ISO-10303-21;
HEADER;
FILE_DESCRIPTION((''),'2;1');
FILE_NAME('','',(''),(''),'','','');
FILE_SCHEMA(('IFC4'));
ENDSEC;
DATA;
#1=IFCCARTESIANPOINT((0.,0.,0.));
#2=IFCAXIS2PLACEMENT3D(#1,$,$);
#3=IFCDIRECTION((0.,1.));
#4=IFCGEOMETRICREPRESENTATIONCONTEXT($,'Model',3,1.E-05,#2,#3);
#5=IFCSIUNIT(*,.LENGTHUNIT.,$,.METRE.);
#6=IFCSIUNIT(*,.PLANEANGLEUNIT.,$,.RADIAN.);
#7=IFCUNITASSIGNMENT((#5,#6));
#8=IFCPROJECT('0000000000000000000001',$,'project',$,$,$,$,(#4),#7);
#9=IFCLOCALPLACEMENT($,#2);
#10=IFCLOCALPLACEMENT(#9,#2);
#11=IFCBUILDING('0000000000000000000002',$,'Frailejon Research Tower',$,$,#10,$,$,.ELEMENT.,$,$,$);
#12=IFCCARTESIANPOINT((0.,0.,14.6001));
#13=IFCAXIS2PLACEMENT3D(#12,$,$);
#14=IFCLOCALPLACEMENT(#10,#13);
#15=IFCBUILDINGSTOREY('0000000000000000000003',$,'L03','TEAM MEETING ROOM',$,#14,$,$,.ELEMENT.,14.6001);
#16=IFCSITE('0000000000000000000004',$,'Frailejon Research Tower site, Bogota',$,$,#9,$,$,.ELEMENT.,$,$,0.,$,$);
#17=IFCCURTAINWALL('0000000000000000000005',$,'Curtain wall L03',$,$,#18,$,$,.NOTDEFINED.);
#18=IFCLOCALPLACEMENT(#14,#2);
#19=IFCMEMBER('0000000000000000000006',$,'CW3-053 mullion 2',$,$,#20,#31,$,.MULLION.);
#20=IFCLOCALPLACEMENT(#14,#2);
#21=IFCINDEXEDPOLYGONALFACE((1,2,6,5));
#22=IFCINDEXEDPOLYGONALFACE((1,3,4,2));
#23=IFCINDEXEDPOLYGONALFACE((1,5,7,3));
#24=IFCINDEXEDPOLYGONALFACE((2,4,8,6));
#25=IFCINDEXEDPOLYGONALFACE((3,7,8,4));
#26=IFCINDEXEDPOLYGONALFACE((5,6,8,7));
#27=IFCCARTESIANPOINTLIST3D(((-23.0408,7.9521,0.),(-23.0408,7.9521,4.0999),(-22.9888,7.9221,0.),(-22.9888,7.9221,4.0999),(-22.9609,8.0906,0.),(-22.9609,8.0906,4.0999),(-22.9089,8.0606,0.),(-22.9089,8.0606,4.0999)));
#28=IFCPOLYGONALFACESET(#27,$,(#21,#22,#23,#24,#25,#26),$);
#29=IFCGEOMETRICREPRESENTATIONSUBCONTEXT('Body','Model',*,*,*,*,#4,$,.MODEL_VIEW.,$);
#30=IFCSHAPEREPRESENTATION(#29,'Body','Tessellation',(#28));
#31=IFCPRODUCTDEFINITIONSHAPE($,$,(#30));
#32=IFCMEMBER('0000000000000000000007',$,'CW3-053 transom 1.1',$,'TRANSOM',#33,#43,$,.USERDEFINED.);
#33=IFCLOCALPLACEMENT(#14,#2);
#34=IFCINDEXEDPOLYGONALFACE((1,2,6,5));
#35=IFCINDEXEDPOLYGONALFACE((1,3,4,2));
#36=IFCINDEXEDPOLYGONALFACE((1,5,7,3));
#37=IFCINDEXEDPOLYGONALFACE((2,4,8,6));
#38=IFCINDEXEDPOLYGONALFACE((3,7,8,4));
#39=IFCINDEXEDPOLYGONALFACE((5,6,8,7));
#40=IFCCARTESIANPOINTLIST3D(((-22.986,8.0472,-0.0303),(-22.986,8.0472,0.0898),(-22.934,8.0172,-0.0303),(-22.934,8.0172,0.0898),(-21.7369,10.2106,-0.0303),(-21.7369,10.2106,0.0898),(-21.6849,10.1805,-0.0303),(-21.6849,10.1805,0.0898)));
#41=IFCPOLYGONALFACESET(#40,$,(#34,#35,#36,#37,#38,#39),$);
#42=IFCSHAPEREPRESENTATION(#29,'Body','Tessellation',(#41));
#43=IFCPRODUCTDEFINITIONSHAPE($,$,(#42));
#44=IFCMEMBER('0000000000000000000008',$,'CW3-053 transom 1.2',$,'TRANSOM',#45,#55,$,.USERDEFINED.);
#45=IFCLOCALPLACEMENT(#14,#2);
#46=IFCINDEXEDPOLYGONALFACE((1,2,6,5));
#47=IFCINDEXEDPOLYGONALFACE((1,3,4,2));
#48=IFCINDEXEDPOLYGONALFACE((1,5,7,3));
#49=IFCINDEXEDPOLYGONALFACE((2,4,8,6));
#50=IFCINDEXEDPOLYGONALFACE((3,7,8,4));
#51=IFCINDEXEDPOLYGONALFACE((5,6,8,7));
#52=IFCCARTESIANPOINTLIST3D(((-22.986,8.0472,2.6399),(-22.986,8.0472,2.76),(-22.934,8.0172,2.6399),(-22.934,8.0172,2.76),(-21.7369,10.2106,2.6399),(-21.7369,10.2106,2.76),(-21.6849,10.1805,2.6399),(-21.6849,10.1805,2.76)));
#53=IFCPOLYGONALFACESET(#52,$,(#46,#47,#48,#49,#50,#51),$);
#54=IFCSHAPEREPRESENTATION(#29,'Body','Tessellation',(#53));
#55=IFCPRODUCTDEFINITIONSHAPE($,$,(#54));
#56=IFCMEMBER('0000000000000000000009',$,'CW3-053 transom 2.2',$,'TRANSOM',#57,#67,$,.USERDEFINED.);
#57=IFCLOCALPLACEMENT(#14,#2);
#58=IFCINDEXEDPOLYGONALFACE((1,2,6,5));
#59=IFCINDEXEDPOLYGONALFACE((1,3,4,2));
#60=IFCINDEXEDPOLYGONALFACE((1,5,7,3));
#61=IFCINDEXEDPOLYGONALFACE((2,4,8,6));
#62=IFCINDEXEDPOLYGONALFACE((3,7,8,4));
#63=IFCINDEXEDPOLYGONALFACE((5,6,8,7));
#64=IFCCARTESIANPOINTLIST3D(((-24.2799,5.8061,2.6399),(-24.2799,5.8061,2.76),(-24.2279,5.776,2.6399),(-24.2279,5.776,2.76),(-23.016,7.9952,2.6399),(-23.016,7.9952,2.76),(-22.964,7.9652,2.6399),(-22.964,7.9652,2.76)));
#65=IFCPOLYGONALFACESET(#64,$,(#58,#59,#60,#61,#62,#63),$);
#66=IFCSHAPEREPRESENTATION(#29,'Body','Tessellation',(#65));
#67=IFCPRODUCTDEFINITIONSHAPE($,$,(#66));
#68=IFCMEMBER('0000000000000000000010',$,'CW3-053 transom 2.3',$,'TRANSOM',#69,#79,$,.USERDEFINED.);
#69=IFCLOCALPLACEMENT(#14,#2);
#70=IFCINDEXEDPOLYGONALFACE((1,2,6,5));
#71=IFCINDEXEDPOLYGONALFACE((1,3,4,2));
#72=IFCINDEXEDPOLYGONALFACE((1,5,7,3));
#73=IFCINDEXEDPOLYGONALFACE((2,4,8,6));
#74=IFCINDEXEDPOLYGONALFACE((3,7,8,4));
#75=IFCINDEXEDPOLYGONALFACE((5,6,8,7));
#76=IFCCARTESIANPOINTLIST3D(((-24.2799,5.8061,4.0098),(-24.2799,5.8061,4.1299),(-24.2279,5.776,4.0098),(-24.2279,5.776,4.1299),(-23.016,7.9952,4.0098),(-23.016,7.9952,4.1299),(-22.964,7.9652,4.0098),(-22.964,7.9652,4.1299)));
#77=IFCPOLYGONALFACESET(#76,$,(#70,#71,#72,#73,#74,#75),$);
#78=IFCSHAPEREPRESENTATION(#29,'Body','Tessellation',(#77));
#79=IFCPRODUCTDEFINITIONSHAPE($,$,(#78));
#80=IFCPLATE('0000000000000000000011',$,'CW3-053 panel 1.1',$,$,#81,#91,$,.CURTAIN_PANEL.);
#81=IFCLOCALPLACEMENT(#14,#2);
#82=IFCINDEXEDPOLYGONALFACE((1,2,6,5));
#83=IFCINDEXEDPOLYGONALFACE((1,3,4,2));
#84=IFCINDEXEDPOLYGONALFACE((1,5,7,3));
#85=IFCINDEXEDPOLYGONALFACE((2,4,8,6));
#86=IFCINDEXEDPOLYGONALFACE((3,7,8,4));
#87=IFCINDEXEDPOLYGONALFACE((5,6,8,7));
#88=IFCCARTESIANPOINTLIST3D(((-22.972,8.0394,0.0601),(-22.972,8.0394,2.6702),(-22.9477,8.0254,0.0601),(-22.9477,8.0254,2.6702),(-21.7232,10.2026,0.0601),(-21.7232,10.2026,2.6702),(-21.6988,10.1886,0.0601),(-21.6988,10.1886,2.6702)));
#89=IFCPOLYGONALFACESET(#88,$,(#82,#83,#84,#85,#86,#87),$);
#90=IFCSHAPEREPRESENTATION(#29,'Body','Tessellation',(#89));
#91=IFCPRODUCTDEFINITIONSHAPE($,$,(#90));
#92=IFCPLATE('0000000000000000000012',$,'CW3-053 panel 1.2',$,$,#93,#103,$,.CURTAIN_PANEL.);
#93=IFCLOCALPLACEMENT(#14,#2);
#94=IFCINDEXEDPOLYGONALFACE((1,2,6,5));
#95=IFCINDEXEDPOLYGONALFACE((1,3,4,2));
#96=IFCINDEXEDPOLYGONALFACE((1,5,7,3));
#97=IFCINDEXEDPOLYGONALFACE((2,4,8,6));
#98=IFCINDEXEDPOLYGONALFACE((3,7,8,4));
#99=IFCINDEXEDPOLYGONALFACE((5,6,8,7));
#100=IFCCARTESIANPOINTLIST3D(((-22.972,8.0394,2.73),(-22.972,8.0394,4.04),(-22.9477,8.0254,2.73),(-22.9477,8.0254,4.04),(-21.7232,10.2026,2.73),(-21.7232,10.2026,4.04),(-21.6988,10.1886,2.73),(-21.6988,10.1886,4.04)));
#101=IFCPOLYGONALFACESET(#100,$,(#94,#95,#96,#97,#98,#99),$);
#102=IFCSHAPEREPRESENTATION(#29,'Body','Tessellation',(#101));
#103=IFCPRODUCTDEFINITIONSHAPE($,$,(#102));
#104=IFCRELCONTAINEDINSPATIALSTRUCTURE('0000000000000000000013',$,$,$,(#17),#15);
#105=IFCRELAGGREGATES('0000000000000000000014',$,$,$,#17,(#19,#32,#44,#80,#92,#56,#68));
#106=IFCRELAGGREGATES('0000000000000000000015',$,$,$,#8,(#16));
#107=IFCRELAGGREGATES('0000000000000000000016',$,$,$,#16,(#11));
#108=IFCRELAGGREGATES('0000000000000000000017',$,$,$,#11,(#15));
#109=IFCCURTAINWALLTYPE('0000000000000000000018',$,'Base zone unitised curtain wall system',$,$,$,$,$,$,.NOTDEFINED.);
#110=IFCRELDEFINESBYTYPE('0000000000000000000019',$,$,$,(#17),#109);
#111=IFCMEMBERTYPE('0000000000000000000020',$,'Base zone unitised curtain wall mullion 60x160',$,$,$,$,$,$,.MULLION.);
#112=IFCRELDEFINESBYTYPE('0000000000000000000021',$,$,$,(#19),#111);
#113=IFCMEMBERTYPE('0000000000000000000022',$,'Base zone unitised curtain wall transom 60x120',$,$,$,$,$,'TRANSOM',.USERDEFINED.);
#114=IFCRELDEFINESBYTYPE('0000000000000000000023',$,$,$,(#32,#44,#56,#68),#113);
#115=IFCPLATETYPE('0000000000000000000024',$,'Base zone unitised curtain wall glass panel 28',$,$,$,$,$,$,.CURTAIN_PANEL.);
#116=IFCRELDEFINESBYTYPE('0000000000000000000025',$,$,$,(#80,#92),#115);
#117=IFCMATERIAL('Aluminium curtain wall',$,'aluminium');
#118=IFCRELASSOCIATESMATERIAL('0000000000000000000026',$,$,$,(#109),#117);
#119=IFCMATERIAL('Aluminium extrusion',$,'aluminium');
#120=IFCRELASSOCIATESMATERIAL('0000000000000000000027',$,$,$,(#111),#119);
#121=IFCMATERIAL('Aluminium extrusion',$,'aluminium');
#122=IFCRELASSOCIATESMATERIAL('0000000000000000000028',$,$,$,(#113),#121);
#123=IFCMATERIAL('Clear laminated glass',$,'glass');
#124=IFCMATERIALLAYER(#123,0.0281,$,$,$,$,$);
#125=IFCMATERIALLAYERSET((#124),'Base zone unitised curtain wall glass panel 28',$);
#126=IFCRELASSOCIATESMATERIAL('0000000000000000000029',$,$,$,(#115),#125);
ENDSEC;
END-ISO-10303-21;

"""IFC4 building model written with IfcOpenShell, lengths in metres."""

from ifc_helpers import new_model, si_unit, direction, frame, origin, origin_2d, place, context, subcontext, project, spatial, rectangle, extrude, material, layer, layer_set, material_profile, profile_set, type_object, element, aggregate, save


model = new_model("IFC4")

# Units and contexts
model_context = context("Model", 3, precision=1e-05, world=origin(), true_north=direction((0.0, 1.0)))
body_context = subcontext(model_context, "Body", "Model", "MODEL_VIEW")
ifc_project = project(units=[si_unit("LENGTHUNIT", "METRE"), si_unit("PLANEANGLEUNIT", "RADIAN")], contexts=[model_context])

# Site, building, storey
site_placement = place(None, origin())
site = spatial("IfcSite", under=ifc_project, at=site_placement, Name="Frailejon Research Tower site, Bogota", CompositionType="ELEMENT", RefElevation=0.0)
building_placement = place(site_placement, origin())
building = spatial("IfcBuilding", under=site, at=building_placement, Name="Frailejon Research Tower", CompositionType="ELEMENT")
storey_placement = place(building_placement, frame((0.0, 0.0, 14.6001)))
storey = spatial("IfcBuildingStorey", under=building, at=storey_placement, Name="L03", Description="TEAM MEETING ROOM", CompositionType="ELEMENT", Elevation=14.6001)

# Curtain wall, members, plates
ifc_material_1 = material(Name="Aluminium curtain wall", Category="aluminium")
curtain_wall_type = type_object("IfcCurtainWallType", Name="Base zone unitised curtain wall system", PredefinedType="NOTDEFINED", material=ifc_material_1)
curtain_wall_placement = place(storey_placement, origin())
curtain_wall = element("IfcCurtainWall", 1, at=curtain_wall_placement, inside=storey, type_object=curtain_wall_type, Name="Curtain wall L03", PredefinedType="NOTDEFINED")
ifc_material_2 = material(Name="Aluminium extrusion", Category="aluminium")
ifc_material_profile_1 = material_profile(ifc_material_2, rectangle(XDim=0.0601, YDim=0.1599, at=origin_2d()), Name="Base zone unitised curtain wall mullion 60x160")
ifc_profile_set_1 = profile_set([ifc_material_profile_1], Name="Aluminium extrusion")
member_type_1 = type_object("IfcMemberType", Name="Base zone unitised curtain wall mullion 60x160", PredefinedType="MULLION", material=ifc_profile_set_1)
member_1_placement = place(storey_placement, frame((-22.9749, 8.0063, 0.0), z_axis=(0.0, 0.0, 1.0), x_axis=(0.866029, -0.499993, 0.0)))
member_1 = element("IfcMember", 2, at=member_1_placement, type_object=member_type_1, Name="CW3-053 mullion 2", PredefinedType="MULLION", context=body_context, shape_type="SweptSolid", body=[
    extrude(rectangle(XDim=0.0601, YDim=0.1599, at=origin_2d()), origin(), (0.0, 0.0, 1.0), 4.0999),
])
ifc_material_3 = material(Name="Aluminium extrusion", Category="aluminium")
ifc_material_profile_2 = material_profile(ifc_material_3, rectangle(XDim=0.0601, YDim=0.1201, at=origin_2d()), Name="Base zone unitised curtain wall transom 60x120")
ifc_profile_set_2 = profile_set([ifc_material_profile_2], Name="Aluminium extrusion")
member_type_2 = type_object("IfcMemberType", Name="Base zone unitised curtain wall transom 60x120", ElementType="TRANSOM", PredefinedType="USERDEFINED", material=ifc_profile_set_2)
member_2_placement = place(storey_placement, frame((-21.7109, 10.1956, 0.0298), z_axis=(-0.500007, -0.866021, 0.0), x_axis=(0.866021, -0.500007, 0.0)))
member_2 = element("IfcMember", 3, at=member_2_placement, type_object=member_type_2, Name="CW3-053 transom 1.1", ObjectType="TRANSOM", PredefinedType="USERDEFINED", context=body_context, shape_type="SweptSolid", body=[
    extrude(rectangle(XDim=0.0601, YDim=0.1201, at=origin_2d()), origin(), (0.0, 0.0, 1.0), 2.498),
])
member_3_placement = place(storey_placement, frame((-21.7109, 10.1956, 2.7), z_axis=(-0.500007, -0.866021, 0.0), x_axis=(0.866021, -0.500007, 0.0)))
member_3 = element("IfcMember", 4, at=member_3_placement, type_object=member_type_2, Name="CW3-053 transom 1.2", ObjectType="TRANSOM", PredefinedType="USERDEFINED", context=body_context, shape_type="SweptSolid", body=[
    extrude(rectangle(XDim=0.0601, YDim=0.1201, at=origin_2d()), origin(), (0.0, 0.0, 1.0), 2.498),
])
member_4_placement = place(storey_placement, frame((-22.99, 7.9802, 2.7), z_axis=(-0.499993, -0.86603, 0.0), x_axis=(0.86603, -0.499993, 0.0)))
member_4 = element("IfcMember", 5, at=member_4_placement, type_object=member_type_2, Name="CW3-053 transom 2.2", ObjectType="TRANSOM", PredefinedType="USERDEFINED", context=body_context, shape_type="SweptSolid", body=[
    extrude(rectangle(XDim=0.0601, YDim=0.1201, at=origin_2d()), origin(), (0.0, 0.0, 1.0), 2.5278),
])
member_5_placement = place(storey_placement, frame((-22.99, 7.9802, 4.0698), z_axis=(-0.499993, -0.86603, 0.0), x_axis=(0.86603, -0.499993, 0.0)))
member_5 = element("IfcMember", 6, at=member_5_placement, type_object=member_type_2, Name="CW3-053 transom 2.3", ObjectType="TRANSOM", PredefinedType="USERDEFINED", context=body_context, shape_type="SweptSolid", body=[
    extrude(rectangle(XDim=0.0601, YDim=0.1201, at=origin_2d()), origin(), (0.0, 0.0, 1.0), 2.5278),
])
ifc_material_4 = material(Name="Clear laminated glass", Category="glass")
ifc_layer = layer(ifc_material_4, 0.0281)
ifc_layer_set = layer_set([ifc_layer], Name="Base zone unitised curtain wall glass panel 28")
plate_type = type_object("IfcPlateType", Name="Base zone unitised curtain wall glass panel 28", PredefinedType="CURTAIN_PANEL", material=ifc_layer_set)
plate_1_placement = place(storey_placement, frame((-22.3354, 9.114, 0.0601), z_axis=(0.0, 0.0, 1.0), x_axis=(-0.499993, -0.866029, 0.0)))
plate_1 = element("IfcPlate", 7, at=plate_1_placement, type_object=plate_type, Name="CW3-053 panel 1.1", PredefinedType="CURTAIN_PANEL", context=body_context, shape_type="SweptSolid", body=[
    extrude(rectangle(XDim=2.4978, YDim=0.0281, at=origin_2d()), origin(), (0.0, 0.0, 1.0), 2.6101),
])
plate_2_placement = place(storey_placement, frame((-22.3354, 9.114, 2.73), z_axis=(0.0, 0.0, 1.0), x_axis=(-0.499993, -0.866029, 0.0)))
plate_2 = element("IfcPlate", 8, at=plate_2_placement, type_object=plate_type, Name="CW3-053 panel 1.2", PredefinedType="CURTAIN_PANEL", context=body_context, shape_type="SweptSolid", body=[
    extrude(rectangle(XDim=2.4978, YDim=0.0281, at=origin_2d()), origin(), (0.0, 0.0, 1.0), 1.3101),
])
aggregate(curtain_wall, [member_1, member_2, member_3, plate_1, plate_2, member_4, member_5])

save(model, "model.ifc")
